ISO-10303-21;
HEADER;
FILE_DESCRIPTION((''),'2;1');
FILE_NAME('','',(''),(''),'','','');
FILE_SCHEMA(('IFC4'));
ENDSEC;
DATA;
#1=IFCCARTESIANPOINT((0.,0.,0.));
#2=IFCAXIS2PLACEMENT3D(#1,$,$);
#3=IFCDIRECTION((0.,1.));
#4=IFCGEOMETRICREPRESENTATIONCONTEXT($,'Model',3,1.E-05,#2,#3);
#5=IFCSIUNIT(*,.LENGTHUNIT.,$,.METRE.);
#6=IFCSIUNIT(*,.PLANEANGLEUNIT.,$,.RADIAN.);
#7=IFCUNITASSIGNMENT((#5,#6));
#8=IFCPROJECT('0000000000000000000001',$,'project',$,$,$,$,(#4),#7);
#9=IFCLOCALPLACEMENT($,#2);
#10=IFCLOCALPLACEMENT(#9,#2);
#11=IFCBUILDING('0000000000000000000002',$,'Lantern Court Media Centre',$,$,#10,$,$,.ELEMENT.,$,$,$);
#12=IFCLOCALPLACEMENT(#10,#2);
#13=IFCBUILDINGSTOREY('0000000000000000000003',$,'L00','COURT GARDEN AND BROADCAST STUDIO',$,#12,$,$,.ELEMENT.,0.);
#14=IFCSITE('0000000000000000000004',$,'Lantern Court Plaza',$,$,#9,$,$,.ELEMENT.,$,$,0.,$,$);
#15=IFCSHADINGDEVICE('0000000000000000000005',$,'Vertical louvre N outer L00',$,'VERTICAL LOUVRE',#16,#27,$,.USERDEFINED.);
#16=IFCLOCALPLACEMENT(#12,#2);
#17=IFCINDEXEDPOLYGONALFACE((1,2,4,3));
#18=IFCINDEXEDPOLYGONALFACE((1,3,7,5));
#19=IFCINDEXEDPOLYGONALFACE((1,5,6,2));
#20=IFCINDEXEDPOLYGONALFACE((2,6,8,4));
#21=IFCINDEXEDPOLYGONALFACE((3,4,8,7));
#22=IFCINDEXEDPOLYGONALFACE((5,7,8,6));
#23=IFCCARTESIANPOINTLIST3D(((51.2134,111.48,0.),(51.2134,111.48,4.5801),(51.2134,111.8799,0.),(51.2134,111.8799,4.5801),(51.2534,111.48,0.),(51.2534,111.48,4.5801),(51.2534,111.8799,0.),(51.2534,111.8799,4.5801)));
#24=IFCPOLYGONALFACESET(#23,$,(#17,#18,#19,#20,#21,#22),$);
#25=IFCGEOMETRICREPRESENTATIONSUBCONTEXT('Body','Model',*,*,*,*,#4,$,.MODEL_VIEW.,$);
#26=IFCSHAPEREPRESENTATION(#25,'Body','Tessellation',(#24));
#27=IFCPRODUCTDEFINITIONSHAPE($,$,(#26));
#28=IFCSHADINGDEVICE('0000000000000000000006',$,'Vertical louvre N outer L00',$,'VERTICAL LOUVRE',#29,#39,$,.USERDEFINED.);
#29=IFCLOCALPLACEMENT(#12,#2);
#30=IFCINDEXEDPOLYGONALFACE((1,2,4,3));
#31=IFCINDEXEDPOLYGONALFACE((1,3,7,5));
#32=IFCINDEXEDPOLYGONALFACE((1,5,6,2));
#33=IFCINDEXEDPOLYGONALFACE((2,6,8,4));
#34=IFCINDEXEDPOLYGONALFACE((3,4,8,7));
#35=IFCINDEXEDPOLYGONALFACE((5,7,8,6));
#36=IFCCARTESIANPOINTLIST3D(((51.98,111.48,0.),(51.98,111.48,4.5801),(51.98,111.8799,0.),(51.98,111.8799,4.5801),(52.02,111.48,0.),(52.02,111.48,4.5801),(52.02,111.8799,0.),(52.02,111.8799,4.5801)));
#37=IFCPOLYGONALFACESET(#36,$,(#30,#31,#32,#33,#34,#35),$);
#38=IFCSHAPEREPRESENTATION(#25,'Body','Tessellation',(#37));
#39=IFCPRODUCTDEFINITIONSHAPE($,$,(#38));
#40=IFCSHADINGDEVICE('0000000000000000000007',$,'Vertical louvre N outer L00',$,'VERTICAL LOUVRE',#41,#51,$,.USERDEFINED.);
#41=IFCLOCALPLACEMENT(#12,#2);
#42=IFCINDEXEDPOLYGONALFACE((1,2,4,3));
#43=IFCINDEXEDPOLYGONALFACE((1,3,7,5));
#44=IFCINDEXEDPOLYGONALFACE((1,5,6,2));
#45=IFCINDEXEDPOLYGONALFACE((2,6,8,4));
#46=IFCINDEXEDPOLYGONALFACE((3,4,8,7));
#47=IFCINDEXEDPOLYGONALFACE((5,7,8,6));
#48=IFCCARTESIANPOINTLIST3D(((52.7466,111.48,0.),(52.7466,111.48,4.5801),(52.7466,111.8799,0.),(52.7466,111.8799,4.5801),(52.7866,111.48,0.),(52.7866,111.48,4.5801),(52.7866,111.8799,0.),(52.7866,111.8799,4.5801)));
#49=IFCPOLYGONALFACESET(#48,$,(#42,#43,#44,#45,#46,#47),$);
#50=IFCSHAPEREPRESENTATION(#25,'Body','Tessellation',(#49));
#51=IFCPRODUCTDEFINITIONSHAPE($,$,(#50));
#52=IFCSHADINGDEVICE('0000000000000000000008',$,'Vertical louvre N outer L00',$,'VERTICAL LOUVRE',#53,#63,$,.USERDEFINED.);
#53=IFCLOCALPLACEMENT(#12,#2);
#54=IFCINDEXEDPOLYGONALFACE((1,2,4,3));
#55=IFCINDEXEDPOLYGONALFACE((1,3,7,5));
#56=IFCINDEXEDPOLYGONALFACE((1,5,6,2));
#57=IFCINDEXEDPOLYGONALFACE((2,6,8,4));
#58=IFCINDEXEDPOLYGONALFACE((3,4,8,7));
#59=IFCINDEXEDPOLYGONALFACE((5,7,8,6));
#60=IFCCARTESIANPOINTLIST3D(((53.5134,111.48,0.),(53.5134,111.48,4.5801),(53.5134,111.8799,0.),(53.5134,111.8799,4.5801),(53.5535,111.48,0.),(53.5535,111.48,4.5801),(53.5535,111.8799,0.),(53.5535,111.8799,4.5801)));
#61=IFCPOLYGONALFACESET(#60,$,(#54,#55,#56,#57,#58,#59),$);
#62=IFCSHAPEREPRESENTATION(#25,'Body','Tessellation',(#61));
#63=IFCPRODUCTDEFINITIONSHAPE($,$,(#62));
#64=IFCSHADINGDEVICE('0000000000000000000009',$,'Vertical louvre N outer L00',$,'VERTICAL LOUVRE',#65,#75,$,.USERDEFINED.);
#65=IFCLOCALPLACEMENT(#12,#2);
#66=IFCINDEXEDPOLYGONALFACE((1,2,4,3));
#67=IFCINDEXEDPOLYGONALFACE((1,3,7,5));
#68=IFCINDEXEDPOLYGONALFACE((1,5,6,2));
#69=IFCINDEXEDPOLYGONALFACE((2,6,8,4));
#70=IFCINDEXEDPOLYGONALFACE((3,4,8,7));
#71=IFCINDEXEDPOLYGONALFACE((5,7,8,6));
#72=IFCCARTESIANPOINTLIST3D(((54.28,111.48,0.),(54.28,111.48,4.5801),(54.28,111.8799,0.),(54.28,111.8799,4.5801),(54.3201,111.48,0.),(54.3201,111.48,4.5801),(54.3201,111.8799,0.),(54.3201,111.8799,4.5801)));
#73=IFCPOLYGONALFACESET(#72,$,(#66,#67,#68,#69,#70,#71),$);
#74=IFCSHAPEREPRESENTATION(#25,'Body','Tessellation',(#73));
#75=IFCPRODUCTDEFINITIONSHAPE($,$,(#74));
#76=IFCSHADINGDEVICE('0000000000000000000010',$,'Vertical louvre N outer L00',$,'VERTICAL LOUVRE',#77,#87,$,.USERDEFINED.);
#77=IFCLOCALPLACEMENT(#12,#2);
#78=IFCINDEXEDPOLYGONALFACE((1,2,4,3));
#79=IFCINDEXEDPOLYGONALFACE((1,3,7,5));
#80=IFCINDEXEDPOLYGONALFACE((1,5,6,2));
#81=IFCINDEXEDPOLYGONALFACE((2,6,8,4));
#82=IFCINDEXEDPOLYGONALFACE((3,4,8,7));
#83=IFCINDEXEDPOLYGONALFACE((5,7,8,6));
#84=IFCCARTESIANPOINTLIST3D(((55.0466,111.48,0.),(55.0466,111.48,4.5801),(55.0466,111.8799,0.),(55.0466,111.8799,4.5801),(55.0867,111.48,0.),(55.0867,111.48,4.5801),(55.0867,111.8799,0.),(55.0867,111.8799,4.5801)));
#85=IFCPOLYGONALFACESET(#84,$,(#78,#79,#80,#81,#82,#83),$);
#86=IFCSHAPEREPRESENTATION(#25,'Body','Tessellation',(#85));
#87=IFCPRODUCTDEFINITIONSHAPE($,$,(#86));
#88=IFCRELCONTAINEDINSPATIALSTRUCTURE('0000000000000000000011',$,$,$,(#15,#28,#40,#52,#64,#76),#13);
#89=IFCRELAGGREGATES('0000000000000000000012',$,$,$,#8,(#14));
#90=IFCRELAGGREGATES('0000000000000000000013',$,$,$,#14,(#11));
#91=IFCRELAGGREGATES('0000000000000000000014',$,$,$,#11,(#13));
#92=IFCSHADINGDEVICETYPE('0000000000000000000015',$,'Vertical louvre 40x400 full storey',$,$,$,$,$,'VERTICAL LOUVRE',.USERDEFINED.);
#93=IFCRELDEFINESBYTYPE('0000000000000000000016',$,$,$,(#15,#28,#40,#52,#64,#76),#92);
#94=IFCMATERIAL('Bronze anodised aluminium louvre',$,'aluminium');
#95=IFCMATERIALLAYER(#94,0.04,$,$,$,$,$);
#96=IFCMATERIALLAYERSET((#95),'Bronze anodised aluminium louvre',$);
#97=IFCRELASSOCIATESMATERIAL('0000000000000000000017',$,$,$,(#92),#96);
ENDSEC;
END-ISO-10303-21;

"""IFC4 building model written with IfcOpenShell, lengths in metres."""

from ifc_helpers import new_model, si_unit, direction, frame, origin, origin_2d, place, context, subcontext, project, spatial, rectangle, extrude, material, layer, layer_set, type_object, element, save


model = new_model("IFC4")

# Units and contexts
model_context = context("Model", 3, precision=1e-05, world=origin(), true_north=direction((0.0, 1.0)))
body_context = subcontext(model_context, "Body", "Model", "MODEL_VIEW")
ifc_project = project(units=[si_unit("LENGTHUNIT", "METRE"), si_unit("PLANEANGLEUNIT", "RADIAN")], contexts=[model_context])

# Site, building, storey
site_placement = place(None, origin())
site = spatial("IfcSite", under=ifc_project, at=site_placement, Name="Lantern Court Plaza", CompositionType="ELEMENT", RefElevation=0.0)
building_placement = place(site_placement, origin())
building = spatial("IfcBuilding", under=site, at=building_placement, Name="Lantern Court Media Centre", CompositionType="ELEMENT")
storey_placement = place(building_placement, origin())
storey = spatial("IfcBuildingStorey", under=building, at=storey_placement, Name="L00", Description="COURT GARDEN AND BROADCAST STUDIO", CompositionType="ELEMENT", Elevation=0.0)

# Shading devices
ifc_material_1 = material(Name="Bronze anodised aluminium louvre", Category="aluminium")
ifc_layer_1 = layer(ifc_material_1, 0.04)
ifc_layer_set_1 = layer_set([ifc_layer_1], Name="Bronze anodised aluminium louvre")
shading_device_type = type_object("IfcShadingDeviceType", Name="Vertical louvre 40x400 full storey", ElementType="VERTICAL LOUVRE", PredefinedType="USERDEFINED", material=ifc_layer_set_1)
for number, where, z_axis, x_axis, name in (
    (1, (51.2334, 111.6799, 0.0), (0.0, 0.0, 1.0), (1.0, 0.0, 0.0), "Vertical louvre N outer L00"),
    (2, (52.0, 111.6799, 0.0), (0.0, 0.0, 1.0), (1.0, 0.0, 0.0), "Vertical louvre N outer L00"),
    (3, (52.7666, 111.6799, 0.0), (0.0, 0.0, 1.0), (1.0, 0.0, 0.0), "Vertical louvre N outer L00"),
    (4, (53.5334, 111.6799, 0.0), (0.0, 0.0, 1.0), (1.0, 0.0, 0.0), "Vertical louvre N outer L00"),
    (5, (54.3, 111.6799, 0.0), (0.0, 0.0, 1.0), (1.0, 0.0, 0.0), "Vertical louvre N outer L00"),
    (6, (55.0667, 111.6799, 0.0), (0.0, 0.0, 1.0), (1.0, 0.0, 0.0), "Vertical louvre N outer L00"),
):
    element("IfcShadingDevice", number, at=place(storey_placement, frame(where, z_axis=z_axis, x_axis=x_axis)), inside=storey, type_object=shading_device_type, Name=name, ObjectType="VERTICAL LOUVRE", PredefinedType="USERDEFINED", context=body_context, shape_type="SweptSolid", body=[
        extrude(rectangle(XDim=0.04, YDim=0.3999, at=origin_2d()), origin(), (0.0, 0.0, 1.0), 4.5801),
    ])

save(model, "model.ifc")
